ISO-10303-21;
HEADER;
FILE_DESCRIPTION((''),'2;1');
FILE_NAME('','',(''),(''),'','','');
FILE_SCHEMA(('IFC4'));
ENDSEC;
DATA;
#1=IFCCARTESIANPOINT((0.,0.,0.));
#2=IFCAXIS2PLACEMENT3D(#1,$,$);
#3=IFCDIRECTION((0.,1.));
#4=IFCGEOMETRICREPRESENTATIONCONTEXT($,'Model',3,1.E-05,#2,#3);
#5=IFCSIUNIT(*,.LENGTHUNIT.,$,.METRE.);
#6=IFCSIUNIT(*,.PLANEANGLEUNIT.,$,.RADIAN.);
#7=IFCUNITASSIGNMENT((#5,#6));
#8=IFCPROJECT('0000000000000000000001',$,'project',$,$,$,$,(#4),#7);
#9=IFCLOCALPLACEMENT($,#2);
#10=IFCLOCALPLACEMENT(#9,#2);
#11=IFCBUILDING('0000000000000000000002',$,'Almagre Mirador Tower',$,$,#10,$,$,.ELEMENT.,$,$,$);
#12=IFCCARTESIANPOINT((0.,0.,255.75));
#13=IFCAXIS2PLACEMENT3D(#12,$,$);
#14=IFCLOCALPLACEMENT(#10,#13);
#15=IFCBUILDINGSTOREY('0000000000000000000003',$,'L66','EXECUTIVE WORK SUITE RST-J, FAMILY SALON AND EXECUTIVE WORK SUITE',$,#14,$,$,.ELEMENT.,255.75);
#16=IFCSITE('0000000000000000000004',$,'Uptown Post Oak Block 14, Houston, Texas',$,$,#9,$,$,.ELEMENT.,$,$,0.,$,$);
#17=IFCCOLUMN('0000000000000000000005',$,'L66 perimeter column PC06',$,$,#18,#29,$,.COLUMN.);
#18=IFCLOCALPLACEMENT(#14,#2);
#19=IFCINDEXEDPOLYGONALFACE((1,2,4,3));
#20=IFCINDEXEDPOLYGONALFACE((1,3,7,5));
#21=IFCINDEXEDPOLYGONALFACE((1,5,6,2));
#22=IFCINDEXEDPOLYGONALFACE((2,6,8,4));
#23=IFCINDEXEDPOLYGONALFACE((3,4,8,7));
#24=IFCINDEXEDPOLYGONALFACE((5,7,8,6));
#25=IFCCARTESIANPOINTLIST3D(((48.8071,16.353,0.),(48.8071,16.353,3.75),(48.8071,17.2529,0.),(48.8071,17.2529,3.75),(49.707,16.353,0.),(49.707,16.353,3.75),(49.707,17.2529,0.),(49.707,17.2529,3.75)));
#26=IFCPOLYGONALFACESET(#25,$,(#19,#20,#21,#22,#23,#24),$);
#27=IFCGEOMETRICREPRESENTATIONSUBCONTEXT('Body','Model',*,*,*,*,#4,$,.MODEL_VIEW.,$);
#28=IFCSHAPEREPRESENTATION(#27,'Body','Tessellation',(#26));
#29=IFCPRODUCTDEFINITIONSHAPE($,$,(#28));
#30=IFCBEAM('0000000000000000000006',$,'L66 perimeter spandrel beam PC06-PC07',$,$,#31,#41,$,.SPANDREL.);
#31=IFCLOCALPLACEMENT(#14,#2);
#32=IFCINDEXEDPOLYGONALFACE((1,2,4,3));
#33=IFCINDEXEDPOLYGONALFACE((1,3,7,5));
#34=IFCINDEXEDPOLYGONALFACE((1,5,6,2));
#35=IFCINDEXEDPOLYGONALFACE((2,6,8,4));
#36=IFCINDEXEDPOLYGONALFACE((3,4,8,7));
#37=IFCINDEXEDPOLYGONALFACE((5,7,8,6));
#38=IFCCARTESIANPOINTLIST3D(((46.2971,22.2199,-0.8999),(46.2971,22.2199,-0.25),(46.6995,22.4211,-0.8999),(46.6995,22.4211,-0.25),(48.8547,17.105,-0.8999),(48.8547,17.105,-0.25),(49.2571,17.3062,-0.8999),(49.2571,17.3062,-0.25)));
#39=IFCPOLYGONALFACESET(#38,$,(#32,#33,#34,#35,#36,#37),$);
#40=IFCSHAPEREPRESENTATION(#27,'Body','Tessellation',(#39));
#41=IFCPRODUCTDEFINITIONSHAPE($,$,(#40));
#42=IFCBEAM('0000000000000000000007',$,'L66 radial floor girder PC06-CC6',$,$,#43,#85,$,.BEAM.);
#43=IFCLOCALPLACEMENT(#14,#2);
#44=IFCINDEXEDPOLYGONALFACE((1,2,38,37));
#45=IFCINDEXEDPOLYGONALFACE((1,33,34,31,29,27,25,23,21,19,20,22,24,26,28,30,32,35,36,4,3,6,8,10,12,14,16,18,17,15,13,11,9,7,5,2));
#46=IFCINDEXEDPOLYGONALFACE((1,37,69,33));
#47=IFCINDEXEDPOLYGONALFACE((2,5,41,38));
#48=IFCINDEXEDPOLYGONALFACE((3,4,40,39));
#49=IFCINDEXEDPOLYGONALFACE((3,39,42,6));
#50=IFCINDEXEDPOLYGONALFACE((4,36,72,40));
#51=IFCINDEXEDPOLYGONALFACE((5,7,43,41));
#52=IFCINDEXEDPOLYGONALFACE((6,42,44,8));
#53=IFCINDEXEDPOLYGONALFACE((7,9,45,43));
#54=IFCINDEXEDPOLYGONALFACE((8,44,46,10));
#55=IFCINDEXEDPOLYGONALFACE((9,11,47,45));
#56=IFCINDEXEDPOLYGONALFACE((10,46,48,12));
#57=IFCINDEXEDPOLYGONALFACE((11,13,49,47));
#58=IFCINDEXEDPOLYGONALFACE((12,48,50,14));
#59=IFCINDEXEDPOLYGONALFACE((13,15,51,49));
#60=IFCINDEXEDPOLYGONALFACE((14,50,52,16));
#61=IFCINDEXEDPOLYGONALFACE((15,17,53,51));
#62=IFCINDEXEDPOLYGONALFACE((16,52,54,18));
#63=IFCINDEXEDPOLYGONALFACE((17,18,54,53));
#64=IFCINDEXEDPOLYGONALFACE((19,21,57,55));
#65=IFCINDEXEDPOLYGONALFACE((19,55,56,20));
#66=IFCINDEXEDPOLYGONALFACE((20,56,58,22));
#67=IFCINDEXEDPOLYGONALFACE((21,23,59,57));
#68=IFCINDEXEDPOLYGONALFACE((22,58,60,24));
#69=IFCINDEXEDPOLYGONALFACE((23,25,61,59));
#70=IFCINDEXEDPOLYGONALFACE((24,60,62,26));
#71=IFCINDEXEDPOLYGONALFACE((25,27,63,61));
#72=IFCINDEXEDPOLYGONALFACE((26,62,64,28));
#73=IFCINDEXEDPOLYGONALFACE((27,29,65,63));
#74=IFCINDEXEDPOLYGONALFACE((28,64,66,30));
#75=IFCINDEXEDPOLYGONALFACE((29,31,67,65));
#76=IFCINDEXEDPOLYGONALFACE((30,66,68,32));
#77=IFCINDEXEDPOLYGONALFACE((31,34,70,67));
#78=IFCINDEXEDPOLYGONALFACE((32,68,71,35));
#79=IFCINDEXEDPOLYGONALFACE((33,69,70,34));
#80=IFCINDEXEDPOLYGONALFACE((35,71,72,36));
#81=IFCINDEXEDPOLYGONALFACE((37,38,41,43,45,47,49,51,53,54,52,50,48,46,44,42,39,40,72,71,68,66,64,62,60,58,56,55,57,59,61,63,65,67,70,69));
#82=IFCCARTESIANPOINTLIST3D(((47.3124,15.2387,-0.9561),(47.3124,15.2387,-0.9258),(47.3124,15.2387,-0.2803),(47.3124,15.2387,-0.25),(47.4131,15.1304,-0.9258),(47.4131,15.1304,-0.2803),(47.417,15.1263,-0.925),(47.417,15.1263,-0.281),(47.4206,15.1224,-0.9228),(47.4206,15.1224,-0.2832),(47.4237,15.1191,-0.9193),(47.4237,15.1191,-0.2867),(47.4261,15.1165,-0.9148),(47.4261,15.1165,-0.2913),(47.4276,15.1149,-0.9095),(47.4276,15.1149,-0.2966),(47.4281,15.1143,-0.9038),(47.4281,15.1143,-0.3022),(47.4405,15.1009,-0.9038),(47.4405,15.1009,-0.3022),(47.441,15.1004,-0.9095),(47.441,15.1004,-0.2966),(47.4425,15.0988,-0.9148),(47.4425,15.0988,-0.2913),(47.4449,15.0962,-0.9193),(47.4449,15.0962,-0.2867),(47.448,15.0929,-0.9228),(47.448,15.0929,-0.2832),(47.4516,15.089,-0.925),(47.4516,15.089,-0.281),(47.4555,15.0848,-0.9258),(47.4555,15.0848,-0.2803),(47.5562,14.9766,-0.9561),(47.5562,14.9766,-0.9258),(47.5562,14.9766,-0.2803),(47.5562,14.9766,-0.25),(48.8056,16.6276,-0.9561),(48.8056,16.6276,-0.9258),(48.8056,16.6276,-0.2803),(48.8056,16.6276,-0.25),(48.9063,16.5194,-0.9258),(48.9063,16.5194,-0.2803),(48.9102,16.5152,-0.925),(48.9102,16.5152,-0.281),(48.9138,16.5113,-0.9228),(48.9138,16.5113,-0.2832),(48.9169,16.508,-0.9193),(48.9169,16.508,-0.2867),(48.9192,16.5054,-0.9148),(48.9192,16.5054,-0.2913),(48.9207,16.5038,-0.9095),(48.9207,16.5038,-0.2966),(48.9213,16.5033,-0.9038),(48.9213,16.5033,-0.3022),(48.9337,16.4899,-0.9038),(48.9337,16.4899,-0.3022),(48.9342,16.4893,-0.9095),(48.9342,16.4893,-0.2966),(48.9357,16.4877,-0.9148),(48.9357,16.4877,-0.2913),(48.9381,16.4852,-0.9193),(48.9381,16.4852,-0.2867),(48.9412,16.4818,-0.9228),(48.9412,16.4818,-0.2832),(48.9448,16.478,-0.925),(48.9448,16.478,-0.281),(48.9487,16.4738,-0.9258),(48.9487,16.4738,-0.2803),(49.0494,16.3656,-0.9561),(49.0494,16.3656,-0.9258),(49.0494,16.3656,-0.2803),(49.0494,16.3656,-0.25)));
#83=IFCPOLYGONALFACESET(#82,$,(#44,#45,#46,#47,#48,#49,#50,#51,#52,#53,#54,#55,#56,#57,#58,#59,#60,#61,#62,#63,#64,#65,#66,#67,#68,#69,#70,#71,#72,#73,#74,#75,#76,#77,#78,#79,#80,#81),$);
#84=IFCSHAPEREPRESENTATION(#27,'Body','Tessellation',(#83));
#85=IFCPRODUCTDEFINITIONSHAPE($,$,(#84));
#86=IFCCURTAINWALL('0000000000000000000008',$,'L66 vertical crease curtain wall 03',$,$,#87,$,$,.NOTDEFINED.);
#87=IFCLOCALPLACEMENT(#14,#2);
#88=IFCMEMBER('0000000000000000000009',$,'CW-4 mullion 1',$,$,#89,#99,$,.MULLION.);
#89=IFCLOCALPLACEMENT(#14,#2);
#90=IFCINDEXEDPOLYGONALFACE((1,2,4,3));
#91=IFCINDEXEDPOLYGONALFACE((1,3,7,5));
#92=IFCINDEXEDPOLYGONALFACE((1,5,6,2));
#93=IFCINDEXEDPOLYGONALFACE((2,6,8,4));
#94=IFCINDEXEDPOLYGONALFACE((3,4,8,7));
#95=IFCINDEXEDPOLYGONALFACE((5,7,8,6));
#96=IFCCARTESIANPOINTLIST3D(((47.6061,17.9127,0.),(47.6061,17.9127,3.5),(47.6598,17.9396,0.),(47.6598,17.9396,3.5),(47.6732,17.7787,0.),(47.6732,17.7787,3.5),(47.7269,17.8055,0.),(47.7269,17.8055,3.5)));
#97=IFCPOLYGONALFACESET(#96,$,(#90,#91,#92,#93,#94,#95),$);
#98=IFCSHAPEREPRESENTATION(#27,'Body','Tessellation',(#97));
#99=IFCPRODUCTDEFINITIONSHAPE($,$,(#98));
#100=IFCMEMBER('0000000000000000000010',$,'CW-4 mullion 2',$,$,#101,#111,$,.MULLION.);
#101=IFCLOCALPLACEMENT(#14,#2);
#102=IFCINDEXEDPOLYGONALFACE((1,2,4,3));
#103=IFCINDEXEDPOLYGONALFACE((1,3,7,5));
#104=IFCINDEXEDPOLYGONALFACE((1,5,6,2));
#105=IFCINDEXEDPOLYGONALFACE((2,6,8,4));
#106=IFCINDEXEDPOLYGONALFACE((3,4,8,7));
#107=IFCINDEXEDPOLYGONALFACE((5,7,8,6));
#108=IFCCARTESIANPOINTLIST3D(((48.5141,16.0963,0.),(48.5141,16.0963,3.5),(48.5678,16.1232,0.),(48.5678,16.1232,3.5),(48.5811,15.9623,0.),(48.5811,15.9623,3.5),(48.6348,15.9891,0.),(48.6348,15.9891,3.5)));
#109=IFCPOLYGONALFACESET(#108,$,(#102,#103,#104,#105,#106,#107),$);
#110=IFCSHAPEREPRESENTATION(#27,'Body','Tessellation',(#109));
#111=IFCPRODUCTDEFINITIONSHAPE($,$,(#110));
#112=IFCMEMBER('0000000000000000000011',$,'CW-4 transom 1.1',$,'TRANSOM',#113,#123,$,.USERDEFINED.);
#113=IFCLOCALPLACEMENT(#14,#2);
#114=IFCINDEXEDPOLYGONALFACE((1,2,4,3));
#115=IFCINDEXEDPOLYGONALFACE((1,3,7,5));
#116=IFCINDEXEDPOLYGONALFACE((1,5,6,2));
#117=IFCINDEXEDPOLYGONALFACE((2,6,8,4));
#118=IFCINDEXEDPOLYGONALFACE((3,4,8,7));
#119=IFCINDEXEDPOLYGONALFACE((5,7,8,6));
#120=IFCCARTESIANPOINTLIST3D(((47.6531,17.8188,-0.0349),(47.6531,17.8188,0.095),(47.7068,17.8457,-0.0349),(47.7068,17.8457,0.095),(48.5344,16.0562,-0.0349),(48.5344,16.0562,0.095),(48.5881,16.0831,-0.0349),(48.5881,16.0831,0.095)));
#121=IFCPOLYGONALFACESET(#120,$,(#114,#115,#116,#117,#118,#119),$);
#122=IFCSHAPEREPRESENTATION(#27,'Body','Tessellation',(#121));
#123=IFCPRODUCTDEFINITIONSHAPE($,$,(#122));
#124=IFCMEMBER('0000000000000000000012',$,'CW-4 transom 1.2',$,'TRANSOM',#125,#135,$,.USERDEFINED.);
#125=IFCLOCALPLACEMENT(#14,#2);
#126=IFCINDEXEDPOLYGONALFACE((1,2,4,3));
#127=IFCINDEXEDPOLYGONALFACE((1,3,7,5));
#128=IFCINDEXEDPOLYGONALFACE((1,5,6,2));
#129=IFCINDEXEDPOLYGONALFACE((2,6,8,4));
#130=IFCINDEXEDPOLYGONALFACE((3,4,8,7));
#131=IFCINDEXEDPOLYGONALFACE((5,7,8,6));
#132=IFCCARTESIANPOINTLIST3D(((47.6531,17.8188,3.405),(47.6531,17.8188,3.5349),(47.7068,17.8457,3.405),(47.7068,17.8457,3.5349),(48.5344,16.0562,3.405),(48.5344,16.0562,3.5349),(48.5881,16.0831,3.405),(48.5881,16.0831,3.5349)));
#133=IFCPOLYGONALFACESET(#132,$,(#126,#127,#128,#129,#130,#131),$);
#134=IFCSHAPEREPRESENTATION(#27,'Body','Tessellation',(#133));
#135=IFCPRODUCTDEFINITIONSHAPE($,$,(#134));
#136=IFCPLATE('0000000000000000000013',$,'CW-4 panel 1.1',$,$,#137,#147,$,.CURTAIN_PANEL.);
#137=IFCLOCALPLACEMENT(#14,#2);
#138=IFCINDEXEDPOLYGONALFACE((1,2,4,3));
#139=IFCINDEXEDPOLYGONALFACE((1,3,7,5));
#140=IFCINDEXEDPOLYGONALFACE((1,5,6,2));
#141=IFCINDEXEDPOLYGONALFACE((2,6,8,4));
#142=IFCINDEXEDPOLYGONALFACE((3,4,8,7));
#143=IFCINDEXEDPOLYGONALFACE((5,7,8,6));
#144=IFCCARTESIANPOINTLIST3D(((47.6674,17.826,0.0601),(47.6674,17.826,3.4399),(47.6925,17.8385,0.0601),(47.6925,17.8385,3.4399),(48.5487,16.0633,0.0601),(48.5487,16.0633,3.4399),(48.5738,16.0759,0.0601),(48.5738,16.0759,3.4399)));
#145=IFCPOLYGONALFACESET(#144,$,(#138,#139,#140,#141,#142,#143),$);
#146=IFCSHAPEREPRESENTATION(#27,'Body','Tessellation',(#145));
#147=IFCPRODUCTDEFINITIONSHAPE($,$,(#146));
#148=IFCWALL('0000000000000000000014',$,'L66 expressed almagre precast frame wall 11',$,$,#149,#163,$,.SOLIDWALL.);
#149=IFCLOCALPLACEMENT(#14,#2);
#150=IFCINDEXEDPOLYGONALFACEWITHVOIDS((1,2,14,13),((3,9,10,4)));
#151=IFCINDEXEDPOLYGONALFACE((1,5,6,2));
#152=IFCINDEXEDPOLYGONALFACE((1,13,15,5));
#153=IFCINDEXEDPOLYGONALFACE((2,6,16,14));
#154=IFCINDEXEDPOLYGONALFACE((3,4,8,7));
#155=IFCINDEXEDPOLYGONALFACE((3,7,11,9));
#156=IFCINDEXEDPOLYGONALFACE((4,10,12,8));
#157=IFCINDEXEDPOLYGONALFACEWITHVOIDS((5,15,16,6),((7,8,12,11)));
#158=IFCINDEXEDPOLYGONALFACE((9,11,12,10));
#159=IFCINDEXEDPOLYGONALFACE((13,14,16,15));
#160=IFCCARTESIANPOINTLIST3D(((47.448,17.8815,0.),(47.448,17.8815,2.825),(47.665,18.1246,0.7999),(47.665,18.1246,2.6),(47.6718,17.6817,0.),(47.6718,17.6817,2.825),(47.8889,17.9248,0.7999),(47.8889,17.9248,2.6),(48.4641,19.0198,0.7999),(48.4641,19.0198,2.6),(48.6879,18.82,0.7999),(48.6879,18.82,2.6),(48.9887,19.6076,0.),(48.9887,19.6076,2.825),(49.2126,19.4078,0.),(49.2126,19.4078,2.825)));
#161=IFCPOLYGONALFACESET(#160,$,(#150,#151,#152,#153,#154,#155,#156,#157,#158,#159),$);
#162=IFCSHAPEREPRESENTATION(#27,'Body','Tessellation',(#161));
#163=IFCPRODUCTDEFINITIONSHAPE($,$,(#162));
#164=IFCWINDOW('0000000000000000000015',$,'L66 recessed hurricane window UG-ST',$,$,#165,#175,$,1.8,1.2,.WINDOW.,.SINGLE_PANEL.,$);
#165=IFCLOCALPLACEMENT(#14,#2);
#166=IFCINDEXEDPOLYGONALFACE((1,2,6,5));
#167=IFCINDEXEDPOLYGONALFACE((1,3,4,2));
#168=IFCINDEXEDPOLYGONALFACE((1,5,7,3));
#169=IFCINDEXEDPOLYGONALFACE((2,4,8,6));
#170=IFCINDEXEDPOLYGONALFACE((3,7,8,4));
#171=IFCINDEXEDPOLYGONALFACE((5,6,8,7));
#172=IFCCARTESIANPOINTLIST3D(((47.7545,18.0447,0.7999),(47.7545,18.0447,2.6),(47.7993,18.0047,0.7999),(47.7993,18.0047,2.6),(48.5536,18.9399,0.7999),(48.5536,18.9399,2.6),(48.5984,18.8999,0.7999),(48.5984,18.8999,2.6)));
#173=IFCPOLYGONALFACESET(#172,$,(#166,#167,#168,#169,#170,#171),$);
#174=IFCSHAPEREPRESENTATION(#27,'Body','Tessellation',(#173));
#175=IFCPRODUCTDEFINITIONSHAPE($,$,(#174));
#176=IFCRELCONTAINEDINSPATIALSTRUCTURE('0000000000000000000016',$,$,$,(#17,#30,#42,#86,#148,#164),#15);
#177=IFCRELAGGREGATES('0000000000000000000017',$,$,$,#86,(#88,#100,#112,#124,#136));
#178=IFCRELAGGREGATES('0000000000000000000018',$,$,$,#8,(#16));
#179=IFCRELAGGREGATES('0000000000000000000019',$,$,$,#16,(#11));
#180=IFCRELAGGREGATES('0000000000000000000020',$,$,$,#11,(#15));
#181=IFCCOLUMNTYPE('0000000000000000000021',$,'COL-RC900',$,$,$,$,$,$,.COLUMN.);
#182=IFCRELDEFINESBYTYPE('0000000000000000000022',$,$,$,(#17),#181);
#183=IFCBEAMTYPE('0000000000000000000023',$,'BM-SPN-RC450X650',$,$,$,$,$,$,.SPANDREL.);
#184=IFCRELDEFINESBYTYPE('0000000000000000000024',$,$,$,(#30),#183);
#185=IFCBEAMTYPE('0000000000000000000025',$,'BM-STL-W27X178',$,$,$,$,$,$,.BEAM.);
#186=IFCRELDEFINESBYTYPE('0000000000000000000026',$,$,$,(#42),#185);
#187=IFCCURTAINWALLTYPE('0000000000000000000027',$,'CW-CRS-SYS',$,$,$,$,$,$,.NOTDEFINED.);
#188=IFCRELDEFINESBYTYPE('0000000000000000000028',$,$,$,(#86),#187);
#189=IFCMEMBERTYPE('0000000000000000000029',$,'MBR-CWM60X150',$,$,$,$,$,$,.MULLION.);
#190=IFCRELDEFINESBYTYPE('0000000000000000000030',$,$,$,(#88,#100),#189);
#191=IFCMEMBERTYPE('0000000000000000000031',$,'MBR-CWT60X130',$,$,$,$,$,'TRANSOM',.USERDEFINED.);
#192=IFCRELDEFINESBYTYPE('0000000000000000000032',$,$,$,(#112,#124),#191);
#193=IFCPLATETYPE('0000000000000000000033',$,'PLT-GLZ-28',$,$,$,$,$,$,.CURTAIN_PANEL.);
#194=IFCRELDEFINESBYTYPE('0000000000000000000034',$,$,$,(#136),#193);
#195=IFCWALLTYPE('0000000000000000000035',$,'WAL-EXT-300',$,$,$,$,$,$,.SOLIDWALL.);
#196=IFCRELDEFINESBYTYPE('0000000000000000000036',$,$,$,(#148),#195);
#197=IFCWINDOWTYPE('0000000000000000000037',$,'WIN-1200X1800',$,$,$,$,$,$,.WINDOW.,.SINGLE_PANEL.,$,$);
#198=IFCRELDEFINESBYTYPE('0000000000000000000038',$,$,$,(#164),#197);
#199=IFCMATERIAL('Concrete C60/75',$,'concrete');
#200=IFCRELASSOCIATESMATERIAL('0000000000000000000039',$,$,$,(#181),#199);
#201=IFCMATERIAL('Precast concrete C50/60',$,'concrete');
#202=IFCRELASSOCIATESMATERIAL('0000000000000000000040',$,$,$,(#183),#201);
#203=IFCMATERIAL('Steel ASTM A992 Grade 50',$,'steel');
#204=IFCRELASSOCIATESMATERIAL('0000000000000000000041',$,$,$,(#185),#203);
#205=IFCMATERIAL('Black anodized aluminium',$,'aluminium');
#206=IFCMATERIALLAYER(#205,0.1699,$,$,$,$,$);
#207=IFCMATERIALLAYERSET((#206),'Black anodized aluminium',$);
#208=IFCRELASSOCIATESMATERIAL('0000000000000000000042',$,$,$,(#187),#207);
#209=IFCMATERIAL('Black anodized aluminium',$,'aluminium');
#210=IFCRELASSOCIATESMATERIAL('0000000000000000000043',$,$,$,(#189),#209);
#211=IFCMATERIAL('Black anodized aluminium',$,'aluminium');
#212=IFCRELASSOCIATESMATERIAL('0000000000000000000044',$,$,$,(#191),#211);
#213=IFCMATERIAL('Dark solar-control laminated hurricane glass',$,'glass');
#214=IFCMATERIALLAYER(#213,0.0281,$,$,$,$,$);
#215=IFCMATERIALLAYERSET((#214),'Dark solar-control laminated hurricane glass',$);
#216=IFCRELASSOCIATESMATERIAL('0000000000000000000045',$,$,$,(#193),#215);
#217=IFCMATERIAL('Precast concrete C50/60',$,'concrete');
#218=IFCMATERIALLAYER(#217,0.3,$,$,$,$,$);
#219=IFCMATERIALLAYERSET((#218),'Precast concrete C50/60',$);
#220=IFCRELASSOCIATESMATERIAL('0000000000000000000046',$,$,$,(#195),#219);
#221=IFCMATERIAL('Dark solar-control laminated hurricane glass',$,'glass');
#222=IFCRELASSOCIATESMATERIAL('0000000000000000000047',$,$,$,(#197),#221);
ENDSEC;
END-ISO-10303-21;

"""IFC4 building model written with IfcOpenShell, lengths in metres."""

from ifc_helpers import new_model, si_unit, direction, frame, frame_2d, origin, origin_2d, place, context, subcontext, project, spatial, rectangle, i_section, extrude, material, layer, layer_set, material_profile, profile_set, type_object, element, fill, aggregate, save


model = new_model("IFC4")

# Units and contexts
model_context = context("Model", 3, precision=1e-05, world=origin(), true_north=direction((0.0, 1.0)))
body_context = subcontext(model_context, "Body", "Model", "MODEL_VIEW")
ifc_project = project(units=[si_unit("LENGTHUNIT", "METRE"), si_unit("PLANEANGLEUNIT", "RADIAN")], contexts=[model_context])

# Site, building, storey
site_placement = place(None, origin())
site = spatial("IfcSite", under=ifc_project, at=site_placement, Name="Uptown Post Oak Block 14, Houston, Texas", CompositionType="ELEMENT", RefElevation=0.0)
building_placement = place(site_placement, origin())
building = spatial("IfcBuilding", under=site, at=building_placement, Name="Almagre Mirador Tower", CompositionType="ELEMENT")
storey_placement = place(building_placement, frame((0.0, 0.0, 255.75)))
storey = spatial("IfcBuildingStorey", under=building, at=storey_placement, Name="L66", Description="EXECUTIVE WORK SUITE RST-J, FAMILY SALON AND EXECUTIVE WORK SUITE", CompositionType="ELEMENT", Elevation=255.75)

# Column
ifc_material_1 = material(Name="Concrete C60/75", Category="concrete")
ifc_material_profile_1 = material_profile(ifc_material_1, rectangle(XDim=0.8999, YDim=0.8999, at=origin_2d()), Name="RC900X900")
ifc_profile_set_1 = profile_set([ifc_material_profile_1], Name="Concrete C60/75")
column_type = type_object("IfcColumnType", Name="COL-RC900", PredefinedType="COLUMN", material=ifc_profile_set_1)
column_placement = place(storey_placement, frame((49.2571, 16.803, 0.0), z_axis=(0.0, 0.0, 1.0), x_axis=(1.0, 0.0, 0.0)))
element("IfcColumn", 1, at=column_placement, inside=storey, type_object=column_type, Name="L66 perimeter column PC06", PredefinedType="COLUMN", context=body_context, shape_type="SweptSolid", body=[
    extrude(rectangle(XDim=0.8999, YDim=0.8999, at=origin_2d()), origin(), (0.0, 0.0, 1.0), 3.75),
])

# Beams
ifc_material_2 = material(Name="Precast concrete C50/60", Category="concrete")
ifc_material_profile_2 = material_profile(ifc_material_2, rectangle(XDim=0.45, YDim=0.6499, at=origin_2d()), Name="RC450X650")
ifc_profile_set_2 = profile_set([ifc_material_profile_2], Name="Precast concrete C50/60")
beam_type_1 = type_object("IfcBeamType", Name="BM-SPN-RC450X650", PredefinedType="SPANDREL", material=ifc_profile_set_2)
beam_1_placement = place(storey_placement, frame((49.0559, 17.2056, -0.575), z_axis=(-0.447231, 0.894419, 0.0), x_axis=(-0.894419, -0.447231, 0.0)))
element("IfcBeam", 2, at=beam_1_placement, inside=storey, type_object=beam_type_1, Name="L66 perimeter spandrel beam PC06-PC07", PredefinedType="SPANDREL", context=body_context, shape_type="SweptSolid", body=[
    extrude(rectangle(XDim=0.45, YDim=0.6499, at=origin_2d()), origin(), (0.0, 0.0, 1.0), 5.7188),
])
ifc_material_3 = material(Name="Steel ASTM A992 Grade 50", Category="steel")
ifc_material_profile_3 = material_profile(ifc_material_3, i_section(OverallWidth=0.3579, OverallDepth=0.7061, WebThickness=0.0183, FlangeThickness=0.0303, FilletRadius=0.022, at=origin_2d()), Name="W27X178")
ifc_profile_set_3 = profile_set([ifc_material_profile_3], Name="Steel ASTM A992 Grade 50")
beam_type_2 = type_object("IfcBeamType", Name="BM-STL-W27X178", PredefinedType="BEAM", material=ifc_profile_set_3)
beam_2_placement = place(storey_placement, frame((48.9275, 16.4966, -0.603), z_axis=(-0.732205, -0.681085, 0.0), x_axis=(0.681085, -0.732205, 0.0)))
element("IfcBeam", 3, at=beam_2_placement, inside=storey, type_object=beam_type_2, Name="L66 radial floor girder PC06-CC6", PredefinedType="BEAM", context=body_context, shape_type="SweptSolid", body=[
    extrude(i_section(OverallWidth=0.3579, OverallDepth=0.7061, WebThickness=0.0183, FlangeThickness=0.0303, FilletRadius=0.022, at=origin_2d()), origin(), (0.0, 0.0, 1.0), 2.0393),
])

# Curtain wall, members, plate
ifc_material_4 = material(Name="Black anodized aluminium", Category="aluminium")
ifc_layer_1 = layer(ifc_material_4, 0.1699)
ifc_layer_set_1 = layer_set([ifc_layer_1], Name="Black anodized aluminium")
curtain_wall_type = type_object("IfcCurtainWallType", Name="CW-CRS-SYS", PredefinedType="NOTDEFINED", material=ifc_layer_set_1)
curtain_wall_placement = place(storey_placement, origin())
curtain_wall = element("IfcCurtainWall", 4, at=curtain_wall_placement, inside=storey, type_object=curtain_wall_type, Name="L66 vertical crease curtain wall 03", PredefinedType="NOTDEFINED")
ifc_material_5 = material(Name="Black anodized aluminium", Category="aluminium")
ifc_material_profile_4 = material_profile(ifc_material_5, rectangle(XDim=0.0601, YDim=0.1499, at=origin_2d()), Name="CWM60X150")
ifc_profile_set_4 = profile_set([ifc_material_profile_4], Name="Black anodized aluminium")
member_type_1 = type_object("IfcMemberType", Name="MBR-CWM60X150", PredefinedType="MULLION", material=ifc_profile_set_4)
member_1_placement = place(storey_placement, frame((47.6665, 17.8591, 0.0), z_axis=(0.0, 0.0, 1.0), x_axis=(0.894427, 0.447214, 0.0)))
member_1 = element("IfcMember", 5, at=member_1_placement, type_object=member_type_1, Name="CW-4 mullion 1", PredefinedType="MULLION", context=body_context, shape_type="SweptSolid", body=[
    extrude(rectangle(XDim=0.0601, YDim=0.1499, at=origin_2d()), origin(), (0.0, 0.0, 1.0), 3.5),
])
member_2_placement = place(storey_placement, frame((48.5745, 16.0427, 0.0), z_axis=(0.0, 0.0, 1.0), x_axis=(0.894427, 0.447214, 0.0)))
member_2 = element("IfcMember", 6, at=member_2_placement, type_object=member_type_1, Name="CW-4 mullion 2", PredefinedType="MULLION", context=body_context, shape_type="SweptSolid", body=[
    extrude(rectangle(XDim=0.0601, YDim=0.1499, at=origin_2d()), origin(), (0.0, 0.0, 1.0), 3.5),
])
ifc_material_6 = material(Name="Black anodized aluminium", Category="aluminium")
ifc_material_profile_5 = material_profile(ifc_material_6, rectangle(XDim=0.0601, YDim=0.1299, at=origin_2d()), Name="CWT60X130")
ifc_profile_set_5 = profile_set([ifc_material_profile_5], Name="Black anodized aluminium")
member_type_2 = type_object("IfcMemberType", Name="MBR-CWT60X130", ElementType="TRANSOM", PredefinedType="USERDEFINED", material=ifc_profile_set_5)
member_3_placement = place(storey_placement, frame((47.6799, 17.8323, 0.03), z_axis=(0.447214, -0.894427, 0.0), x_axis=(0.894427, 0.447214, 0.0)))
member_3 = element("IfcMember", 7, at=member_3_placement, type_object=member_type_2, Name="CW-4 transom 1.1", ObjectType="TRANSOM", PredefinedType="USERDEFINED", context=body_context, shape_type="SweptSolid", body=[
    extrude(rectangle(XDim=0.0601, YDim=0.1299, at=origin_2d()), origin(), (0.0, 0.0, 1.0), 1.9707),
])
member_4_placement = place(storey_placement, frame((47.6799, 17.8323, 3.47), z_axis=(0.447214, -0.894427, 0.0), x_axis=(0.894427, 0.447214, 0.0)))
member_4 = element("IfcMember", 8, at=member_4_placement, type_object=member_type_2, Name="CW-4 transom 1.2", ObjectType="TRANSOM", PredefinedType="USERDEFINED", context=body_context, shape_type="SweptSolid", body=[
    extrude(rectangle(XDim=0.0601, YDim=0.1299, at=origin_2d()), origin(), (0.0, 0.0, 1.0), 1.9707),
])
ifc_material_7 = material(Name="Dark solar-control laminated hurricane glass", Category="glass")
ifc_layer_2 = layer(ifc_material_7, 0.0281)
ifc_layer_set_2 = layer_set([ifc_layer_2], Name="Dark solar-control laminated hurricane glass")
plate_type = type_object("IfcPlateType", Name="PLT-GLZ-28", PredefinedType="CURTAIN_PANEL", material=ifc_layer_set_2)
plate_placement = place(storey_placement, frame((48.1206, 16.9509, 0.0601), z_axis=(0.0, 0.0, 1.0), x_axis=(0.447214, -0.894427, 0.0)))
plate = element("IfcPlate", 9, at=plate_placement, type_object=plate_type, Name="CW-4 panel 1.1", PredefinedType="CURTAIN_PANEL", context=body_context, shape_type="SweptSolid", body=[
    extrude(rectangle(XDim=1.9707, YDim=0.0281, at=origin_2d()), origin(), (0.0, 0.0, 1.0), 3.3799),
])
aggregate(curtain_wall, [member_1, member_2, member_3, member_4, plate])

# Wall, opening, window
ifc_material_8 = material(Name="Precast concrete C50/60", Category="concrete")
ifc_layer_3 = layer(ifc_material_8, 0.3)
ifc_layer_set_3 = layer_set([ifc_layer_3], Name="Precast concrete C50/60")
wall_type_1 = type_object("IfcWallType", Name="WAL-EXT-300", PredefinedType="SOLIDWALL", material=ifc_layer_set_3)
wall_1_placement = place(storey_placement, frame((49.1006, 19.5076, 0.0), z_axis=(0.0, 0.0, 1.0), x_axis=(-0.665928, -0.746016, 0.0)))
wall_1 = element("IfcWall", 10, at=wall_1_placement, inside=storey, type_object=wall_type_1, Name="L66 expressed almagre precast frame wall 11", PredefinedType="SOLIDWALL", context=body_context, shape_type="SweptSolid", body=[
    extrude(rectangle(XDim=2.3137, YDim=0.3, at=frame_2d((1.1567, 0.0))), origin(), (0.0, 0.0, 1.0), 2.825),
])
opening_1_placement = place(wall_1_placement, frame((0.7876, 0.0, 0.8)))
opening_1 = element("IfcOpeningElement", 11, at=opening_1_placement, cuts=wall_1, PredefinedType="OPENING", context=body_context, shape_type="SweptSolid", body=[
    extrude(rectangle(XDim=1.2, YDim=1.8, at=frame_2d((0.6001, 0.8999))), frame((0.0, 0.1599, 0.0), z_axis=(0.0, -1.0, 0.0), x_axis=(1.0, 0.0, 0.0)), (0.0, 0.0, 1.0), 0.32),
])
ifc_material_9 = material(Name="Dark solar-control laminated hurricane glass", Category="glass")
window_type_1 = type_object("IfcWindowType", Name="WIN-1200X1800", PartitioningType="SINGLE_PANEL", PredefinedType="WINDOW", material=ifc_material_9)
window_1_placement = place(opening_1_placement, origin())
window_1 = element("IfcWindow", 12, at=window_1_placement, inside=storey, type_object=window_type_1, Name="L66 recessed hurricane window UG-ST", OverallHeight=1.8, OverallWidth=1.2, PartitioningType="SINGLE_PANEL", PredefinedType="WINDOW", context=body_context, shape_type="SweptSolid", body=[
    extrude(rectangle(XDim=1.2, YDim=1.8, at=frame_2d((0.6001, 0.8999))), frame((0.0, 0.03, 0.0), z_axis=(0.0, -1.0, 0.0), x_axis=(1.0, 0.0, 0.0)), (0.0, 0.0, 1.0), 0.0601),
])
fill(opening_1, window_1)

save(model, "model.ifc")
